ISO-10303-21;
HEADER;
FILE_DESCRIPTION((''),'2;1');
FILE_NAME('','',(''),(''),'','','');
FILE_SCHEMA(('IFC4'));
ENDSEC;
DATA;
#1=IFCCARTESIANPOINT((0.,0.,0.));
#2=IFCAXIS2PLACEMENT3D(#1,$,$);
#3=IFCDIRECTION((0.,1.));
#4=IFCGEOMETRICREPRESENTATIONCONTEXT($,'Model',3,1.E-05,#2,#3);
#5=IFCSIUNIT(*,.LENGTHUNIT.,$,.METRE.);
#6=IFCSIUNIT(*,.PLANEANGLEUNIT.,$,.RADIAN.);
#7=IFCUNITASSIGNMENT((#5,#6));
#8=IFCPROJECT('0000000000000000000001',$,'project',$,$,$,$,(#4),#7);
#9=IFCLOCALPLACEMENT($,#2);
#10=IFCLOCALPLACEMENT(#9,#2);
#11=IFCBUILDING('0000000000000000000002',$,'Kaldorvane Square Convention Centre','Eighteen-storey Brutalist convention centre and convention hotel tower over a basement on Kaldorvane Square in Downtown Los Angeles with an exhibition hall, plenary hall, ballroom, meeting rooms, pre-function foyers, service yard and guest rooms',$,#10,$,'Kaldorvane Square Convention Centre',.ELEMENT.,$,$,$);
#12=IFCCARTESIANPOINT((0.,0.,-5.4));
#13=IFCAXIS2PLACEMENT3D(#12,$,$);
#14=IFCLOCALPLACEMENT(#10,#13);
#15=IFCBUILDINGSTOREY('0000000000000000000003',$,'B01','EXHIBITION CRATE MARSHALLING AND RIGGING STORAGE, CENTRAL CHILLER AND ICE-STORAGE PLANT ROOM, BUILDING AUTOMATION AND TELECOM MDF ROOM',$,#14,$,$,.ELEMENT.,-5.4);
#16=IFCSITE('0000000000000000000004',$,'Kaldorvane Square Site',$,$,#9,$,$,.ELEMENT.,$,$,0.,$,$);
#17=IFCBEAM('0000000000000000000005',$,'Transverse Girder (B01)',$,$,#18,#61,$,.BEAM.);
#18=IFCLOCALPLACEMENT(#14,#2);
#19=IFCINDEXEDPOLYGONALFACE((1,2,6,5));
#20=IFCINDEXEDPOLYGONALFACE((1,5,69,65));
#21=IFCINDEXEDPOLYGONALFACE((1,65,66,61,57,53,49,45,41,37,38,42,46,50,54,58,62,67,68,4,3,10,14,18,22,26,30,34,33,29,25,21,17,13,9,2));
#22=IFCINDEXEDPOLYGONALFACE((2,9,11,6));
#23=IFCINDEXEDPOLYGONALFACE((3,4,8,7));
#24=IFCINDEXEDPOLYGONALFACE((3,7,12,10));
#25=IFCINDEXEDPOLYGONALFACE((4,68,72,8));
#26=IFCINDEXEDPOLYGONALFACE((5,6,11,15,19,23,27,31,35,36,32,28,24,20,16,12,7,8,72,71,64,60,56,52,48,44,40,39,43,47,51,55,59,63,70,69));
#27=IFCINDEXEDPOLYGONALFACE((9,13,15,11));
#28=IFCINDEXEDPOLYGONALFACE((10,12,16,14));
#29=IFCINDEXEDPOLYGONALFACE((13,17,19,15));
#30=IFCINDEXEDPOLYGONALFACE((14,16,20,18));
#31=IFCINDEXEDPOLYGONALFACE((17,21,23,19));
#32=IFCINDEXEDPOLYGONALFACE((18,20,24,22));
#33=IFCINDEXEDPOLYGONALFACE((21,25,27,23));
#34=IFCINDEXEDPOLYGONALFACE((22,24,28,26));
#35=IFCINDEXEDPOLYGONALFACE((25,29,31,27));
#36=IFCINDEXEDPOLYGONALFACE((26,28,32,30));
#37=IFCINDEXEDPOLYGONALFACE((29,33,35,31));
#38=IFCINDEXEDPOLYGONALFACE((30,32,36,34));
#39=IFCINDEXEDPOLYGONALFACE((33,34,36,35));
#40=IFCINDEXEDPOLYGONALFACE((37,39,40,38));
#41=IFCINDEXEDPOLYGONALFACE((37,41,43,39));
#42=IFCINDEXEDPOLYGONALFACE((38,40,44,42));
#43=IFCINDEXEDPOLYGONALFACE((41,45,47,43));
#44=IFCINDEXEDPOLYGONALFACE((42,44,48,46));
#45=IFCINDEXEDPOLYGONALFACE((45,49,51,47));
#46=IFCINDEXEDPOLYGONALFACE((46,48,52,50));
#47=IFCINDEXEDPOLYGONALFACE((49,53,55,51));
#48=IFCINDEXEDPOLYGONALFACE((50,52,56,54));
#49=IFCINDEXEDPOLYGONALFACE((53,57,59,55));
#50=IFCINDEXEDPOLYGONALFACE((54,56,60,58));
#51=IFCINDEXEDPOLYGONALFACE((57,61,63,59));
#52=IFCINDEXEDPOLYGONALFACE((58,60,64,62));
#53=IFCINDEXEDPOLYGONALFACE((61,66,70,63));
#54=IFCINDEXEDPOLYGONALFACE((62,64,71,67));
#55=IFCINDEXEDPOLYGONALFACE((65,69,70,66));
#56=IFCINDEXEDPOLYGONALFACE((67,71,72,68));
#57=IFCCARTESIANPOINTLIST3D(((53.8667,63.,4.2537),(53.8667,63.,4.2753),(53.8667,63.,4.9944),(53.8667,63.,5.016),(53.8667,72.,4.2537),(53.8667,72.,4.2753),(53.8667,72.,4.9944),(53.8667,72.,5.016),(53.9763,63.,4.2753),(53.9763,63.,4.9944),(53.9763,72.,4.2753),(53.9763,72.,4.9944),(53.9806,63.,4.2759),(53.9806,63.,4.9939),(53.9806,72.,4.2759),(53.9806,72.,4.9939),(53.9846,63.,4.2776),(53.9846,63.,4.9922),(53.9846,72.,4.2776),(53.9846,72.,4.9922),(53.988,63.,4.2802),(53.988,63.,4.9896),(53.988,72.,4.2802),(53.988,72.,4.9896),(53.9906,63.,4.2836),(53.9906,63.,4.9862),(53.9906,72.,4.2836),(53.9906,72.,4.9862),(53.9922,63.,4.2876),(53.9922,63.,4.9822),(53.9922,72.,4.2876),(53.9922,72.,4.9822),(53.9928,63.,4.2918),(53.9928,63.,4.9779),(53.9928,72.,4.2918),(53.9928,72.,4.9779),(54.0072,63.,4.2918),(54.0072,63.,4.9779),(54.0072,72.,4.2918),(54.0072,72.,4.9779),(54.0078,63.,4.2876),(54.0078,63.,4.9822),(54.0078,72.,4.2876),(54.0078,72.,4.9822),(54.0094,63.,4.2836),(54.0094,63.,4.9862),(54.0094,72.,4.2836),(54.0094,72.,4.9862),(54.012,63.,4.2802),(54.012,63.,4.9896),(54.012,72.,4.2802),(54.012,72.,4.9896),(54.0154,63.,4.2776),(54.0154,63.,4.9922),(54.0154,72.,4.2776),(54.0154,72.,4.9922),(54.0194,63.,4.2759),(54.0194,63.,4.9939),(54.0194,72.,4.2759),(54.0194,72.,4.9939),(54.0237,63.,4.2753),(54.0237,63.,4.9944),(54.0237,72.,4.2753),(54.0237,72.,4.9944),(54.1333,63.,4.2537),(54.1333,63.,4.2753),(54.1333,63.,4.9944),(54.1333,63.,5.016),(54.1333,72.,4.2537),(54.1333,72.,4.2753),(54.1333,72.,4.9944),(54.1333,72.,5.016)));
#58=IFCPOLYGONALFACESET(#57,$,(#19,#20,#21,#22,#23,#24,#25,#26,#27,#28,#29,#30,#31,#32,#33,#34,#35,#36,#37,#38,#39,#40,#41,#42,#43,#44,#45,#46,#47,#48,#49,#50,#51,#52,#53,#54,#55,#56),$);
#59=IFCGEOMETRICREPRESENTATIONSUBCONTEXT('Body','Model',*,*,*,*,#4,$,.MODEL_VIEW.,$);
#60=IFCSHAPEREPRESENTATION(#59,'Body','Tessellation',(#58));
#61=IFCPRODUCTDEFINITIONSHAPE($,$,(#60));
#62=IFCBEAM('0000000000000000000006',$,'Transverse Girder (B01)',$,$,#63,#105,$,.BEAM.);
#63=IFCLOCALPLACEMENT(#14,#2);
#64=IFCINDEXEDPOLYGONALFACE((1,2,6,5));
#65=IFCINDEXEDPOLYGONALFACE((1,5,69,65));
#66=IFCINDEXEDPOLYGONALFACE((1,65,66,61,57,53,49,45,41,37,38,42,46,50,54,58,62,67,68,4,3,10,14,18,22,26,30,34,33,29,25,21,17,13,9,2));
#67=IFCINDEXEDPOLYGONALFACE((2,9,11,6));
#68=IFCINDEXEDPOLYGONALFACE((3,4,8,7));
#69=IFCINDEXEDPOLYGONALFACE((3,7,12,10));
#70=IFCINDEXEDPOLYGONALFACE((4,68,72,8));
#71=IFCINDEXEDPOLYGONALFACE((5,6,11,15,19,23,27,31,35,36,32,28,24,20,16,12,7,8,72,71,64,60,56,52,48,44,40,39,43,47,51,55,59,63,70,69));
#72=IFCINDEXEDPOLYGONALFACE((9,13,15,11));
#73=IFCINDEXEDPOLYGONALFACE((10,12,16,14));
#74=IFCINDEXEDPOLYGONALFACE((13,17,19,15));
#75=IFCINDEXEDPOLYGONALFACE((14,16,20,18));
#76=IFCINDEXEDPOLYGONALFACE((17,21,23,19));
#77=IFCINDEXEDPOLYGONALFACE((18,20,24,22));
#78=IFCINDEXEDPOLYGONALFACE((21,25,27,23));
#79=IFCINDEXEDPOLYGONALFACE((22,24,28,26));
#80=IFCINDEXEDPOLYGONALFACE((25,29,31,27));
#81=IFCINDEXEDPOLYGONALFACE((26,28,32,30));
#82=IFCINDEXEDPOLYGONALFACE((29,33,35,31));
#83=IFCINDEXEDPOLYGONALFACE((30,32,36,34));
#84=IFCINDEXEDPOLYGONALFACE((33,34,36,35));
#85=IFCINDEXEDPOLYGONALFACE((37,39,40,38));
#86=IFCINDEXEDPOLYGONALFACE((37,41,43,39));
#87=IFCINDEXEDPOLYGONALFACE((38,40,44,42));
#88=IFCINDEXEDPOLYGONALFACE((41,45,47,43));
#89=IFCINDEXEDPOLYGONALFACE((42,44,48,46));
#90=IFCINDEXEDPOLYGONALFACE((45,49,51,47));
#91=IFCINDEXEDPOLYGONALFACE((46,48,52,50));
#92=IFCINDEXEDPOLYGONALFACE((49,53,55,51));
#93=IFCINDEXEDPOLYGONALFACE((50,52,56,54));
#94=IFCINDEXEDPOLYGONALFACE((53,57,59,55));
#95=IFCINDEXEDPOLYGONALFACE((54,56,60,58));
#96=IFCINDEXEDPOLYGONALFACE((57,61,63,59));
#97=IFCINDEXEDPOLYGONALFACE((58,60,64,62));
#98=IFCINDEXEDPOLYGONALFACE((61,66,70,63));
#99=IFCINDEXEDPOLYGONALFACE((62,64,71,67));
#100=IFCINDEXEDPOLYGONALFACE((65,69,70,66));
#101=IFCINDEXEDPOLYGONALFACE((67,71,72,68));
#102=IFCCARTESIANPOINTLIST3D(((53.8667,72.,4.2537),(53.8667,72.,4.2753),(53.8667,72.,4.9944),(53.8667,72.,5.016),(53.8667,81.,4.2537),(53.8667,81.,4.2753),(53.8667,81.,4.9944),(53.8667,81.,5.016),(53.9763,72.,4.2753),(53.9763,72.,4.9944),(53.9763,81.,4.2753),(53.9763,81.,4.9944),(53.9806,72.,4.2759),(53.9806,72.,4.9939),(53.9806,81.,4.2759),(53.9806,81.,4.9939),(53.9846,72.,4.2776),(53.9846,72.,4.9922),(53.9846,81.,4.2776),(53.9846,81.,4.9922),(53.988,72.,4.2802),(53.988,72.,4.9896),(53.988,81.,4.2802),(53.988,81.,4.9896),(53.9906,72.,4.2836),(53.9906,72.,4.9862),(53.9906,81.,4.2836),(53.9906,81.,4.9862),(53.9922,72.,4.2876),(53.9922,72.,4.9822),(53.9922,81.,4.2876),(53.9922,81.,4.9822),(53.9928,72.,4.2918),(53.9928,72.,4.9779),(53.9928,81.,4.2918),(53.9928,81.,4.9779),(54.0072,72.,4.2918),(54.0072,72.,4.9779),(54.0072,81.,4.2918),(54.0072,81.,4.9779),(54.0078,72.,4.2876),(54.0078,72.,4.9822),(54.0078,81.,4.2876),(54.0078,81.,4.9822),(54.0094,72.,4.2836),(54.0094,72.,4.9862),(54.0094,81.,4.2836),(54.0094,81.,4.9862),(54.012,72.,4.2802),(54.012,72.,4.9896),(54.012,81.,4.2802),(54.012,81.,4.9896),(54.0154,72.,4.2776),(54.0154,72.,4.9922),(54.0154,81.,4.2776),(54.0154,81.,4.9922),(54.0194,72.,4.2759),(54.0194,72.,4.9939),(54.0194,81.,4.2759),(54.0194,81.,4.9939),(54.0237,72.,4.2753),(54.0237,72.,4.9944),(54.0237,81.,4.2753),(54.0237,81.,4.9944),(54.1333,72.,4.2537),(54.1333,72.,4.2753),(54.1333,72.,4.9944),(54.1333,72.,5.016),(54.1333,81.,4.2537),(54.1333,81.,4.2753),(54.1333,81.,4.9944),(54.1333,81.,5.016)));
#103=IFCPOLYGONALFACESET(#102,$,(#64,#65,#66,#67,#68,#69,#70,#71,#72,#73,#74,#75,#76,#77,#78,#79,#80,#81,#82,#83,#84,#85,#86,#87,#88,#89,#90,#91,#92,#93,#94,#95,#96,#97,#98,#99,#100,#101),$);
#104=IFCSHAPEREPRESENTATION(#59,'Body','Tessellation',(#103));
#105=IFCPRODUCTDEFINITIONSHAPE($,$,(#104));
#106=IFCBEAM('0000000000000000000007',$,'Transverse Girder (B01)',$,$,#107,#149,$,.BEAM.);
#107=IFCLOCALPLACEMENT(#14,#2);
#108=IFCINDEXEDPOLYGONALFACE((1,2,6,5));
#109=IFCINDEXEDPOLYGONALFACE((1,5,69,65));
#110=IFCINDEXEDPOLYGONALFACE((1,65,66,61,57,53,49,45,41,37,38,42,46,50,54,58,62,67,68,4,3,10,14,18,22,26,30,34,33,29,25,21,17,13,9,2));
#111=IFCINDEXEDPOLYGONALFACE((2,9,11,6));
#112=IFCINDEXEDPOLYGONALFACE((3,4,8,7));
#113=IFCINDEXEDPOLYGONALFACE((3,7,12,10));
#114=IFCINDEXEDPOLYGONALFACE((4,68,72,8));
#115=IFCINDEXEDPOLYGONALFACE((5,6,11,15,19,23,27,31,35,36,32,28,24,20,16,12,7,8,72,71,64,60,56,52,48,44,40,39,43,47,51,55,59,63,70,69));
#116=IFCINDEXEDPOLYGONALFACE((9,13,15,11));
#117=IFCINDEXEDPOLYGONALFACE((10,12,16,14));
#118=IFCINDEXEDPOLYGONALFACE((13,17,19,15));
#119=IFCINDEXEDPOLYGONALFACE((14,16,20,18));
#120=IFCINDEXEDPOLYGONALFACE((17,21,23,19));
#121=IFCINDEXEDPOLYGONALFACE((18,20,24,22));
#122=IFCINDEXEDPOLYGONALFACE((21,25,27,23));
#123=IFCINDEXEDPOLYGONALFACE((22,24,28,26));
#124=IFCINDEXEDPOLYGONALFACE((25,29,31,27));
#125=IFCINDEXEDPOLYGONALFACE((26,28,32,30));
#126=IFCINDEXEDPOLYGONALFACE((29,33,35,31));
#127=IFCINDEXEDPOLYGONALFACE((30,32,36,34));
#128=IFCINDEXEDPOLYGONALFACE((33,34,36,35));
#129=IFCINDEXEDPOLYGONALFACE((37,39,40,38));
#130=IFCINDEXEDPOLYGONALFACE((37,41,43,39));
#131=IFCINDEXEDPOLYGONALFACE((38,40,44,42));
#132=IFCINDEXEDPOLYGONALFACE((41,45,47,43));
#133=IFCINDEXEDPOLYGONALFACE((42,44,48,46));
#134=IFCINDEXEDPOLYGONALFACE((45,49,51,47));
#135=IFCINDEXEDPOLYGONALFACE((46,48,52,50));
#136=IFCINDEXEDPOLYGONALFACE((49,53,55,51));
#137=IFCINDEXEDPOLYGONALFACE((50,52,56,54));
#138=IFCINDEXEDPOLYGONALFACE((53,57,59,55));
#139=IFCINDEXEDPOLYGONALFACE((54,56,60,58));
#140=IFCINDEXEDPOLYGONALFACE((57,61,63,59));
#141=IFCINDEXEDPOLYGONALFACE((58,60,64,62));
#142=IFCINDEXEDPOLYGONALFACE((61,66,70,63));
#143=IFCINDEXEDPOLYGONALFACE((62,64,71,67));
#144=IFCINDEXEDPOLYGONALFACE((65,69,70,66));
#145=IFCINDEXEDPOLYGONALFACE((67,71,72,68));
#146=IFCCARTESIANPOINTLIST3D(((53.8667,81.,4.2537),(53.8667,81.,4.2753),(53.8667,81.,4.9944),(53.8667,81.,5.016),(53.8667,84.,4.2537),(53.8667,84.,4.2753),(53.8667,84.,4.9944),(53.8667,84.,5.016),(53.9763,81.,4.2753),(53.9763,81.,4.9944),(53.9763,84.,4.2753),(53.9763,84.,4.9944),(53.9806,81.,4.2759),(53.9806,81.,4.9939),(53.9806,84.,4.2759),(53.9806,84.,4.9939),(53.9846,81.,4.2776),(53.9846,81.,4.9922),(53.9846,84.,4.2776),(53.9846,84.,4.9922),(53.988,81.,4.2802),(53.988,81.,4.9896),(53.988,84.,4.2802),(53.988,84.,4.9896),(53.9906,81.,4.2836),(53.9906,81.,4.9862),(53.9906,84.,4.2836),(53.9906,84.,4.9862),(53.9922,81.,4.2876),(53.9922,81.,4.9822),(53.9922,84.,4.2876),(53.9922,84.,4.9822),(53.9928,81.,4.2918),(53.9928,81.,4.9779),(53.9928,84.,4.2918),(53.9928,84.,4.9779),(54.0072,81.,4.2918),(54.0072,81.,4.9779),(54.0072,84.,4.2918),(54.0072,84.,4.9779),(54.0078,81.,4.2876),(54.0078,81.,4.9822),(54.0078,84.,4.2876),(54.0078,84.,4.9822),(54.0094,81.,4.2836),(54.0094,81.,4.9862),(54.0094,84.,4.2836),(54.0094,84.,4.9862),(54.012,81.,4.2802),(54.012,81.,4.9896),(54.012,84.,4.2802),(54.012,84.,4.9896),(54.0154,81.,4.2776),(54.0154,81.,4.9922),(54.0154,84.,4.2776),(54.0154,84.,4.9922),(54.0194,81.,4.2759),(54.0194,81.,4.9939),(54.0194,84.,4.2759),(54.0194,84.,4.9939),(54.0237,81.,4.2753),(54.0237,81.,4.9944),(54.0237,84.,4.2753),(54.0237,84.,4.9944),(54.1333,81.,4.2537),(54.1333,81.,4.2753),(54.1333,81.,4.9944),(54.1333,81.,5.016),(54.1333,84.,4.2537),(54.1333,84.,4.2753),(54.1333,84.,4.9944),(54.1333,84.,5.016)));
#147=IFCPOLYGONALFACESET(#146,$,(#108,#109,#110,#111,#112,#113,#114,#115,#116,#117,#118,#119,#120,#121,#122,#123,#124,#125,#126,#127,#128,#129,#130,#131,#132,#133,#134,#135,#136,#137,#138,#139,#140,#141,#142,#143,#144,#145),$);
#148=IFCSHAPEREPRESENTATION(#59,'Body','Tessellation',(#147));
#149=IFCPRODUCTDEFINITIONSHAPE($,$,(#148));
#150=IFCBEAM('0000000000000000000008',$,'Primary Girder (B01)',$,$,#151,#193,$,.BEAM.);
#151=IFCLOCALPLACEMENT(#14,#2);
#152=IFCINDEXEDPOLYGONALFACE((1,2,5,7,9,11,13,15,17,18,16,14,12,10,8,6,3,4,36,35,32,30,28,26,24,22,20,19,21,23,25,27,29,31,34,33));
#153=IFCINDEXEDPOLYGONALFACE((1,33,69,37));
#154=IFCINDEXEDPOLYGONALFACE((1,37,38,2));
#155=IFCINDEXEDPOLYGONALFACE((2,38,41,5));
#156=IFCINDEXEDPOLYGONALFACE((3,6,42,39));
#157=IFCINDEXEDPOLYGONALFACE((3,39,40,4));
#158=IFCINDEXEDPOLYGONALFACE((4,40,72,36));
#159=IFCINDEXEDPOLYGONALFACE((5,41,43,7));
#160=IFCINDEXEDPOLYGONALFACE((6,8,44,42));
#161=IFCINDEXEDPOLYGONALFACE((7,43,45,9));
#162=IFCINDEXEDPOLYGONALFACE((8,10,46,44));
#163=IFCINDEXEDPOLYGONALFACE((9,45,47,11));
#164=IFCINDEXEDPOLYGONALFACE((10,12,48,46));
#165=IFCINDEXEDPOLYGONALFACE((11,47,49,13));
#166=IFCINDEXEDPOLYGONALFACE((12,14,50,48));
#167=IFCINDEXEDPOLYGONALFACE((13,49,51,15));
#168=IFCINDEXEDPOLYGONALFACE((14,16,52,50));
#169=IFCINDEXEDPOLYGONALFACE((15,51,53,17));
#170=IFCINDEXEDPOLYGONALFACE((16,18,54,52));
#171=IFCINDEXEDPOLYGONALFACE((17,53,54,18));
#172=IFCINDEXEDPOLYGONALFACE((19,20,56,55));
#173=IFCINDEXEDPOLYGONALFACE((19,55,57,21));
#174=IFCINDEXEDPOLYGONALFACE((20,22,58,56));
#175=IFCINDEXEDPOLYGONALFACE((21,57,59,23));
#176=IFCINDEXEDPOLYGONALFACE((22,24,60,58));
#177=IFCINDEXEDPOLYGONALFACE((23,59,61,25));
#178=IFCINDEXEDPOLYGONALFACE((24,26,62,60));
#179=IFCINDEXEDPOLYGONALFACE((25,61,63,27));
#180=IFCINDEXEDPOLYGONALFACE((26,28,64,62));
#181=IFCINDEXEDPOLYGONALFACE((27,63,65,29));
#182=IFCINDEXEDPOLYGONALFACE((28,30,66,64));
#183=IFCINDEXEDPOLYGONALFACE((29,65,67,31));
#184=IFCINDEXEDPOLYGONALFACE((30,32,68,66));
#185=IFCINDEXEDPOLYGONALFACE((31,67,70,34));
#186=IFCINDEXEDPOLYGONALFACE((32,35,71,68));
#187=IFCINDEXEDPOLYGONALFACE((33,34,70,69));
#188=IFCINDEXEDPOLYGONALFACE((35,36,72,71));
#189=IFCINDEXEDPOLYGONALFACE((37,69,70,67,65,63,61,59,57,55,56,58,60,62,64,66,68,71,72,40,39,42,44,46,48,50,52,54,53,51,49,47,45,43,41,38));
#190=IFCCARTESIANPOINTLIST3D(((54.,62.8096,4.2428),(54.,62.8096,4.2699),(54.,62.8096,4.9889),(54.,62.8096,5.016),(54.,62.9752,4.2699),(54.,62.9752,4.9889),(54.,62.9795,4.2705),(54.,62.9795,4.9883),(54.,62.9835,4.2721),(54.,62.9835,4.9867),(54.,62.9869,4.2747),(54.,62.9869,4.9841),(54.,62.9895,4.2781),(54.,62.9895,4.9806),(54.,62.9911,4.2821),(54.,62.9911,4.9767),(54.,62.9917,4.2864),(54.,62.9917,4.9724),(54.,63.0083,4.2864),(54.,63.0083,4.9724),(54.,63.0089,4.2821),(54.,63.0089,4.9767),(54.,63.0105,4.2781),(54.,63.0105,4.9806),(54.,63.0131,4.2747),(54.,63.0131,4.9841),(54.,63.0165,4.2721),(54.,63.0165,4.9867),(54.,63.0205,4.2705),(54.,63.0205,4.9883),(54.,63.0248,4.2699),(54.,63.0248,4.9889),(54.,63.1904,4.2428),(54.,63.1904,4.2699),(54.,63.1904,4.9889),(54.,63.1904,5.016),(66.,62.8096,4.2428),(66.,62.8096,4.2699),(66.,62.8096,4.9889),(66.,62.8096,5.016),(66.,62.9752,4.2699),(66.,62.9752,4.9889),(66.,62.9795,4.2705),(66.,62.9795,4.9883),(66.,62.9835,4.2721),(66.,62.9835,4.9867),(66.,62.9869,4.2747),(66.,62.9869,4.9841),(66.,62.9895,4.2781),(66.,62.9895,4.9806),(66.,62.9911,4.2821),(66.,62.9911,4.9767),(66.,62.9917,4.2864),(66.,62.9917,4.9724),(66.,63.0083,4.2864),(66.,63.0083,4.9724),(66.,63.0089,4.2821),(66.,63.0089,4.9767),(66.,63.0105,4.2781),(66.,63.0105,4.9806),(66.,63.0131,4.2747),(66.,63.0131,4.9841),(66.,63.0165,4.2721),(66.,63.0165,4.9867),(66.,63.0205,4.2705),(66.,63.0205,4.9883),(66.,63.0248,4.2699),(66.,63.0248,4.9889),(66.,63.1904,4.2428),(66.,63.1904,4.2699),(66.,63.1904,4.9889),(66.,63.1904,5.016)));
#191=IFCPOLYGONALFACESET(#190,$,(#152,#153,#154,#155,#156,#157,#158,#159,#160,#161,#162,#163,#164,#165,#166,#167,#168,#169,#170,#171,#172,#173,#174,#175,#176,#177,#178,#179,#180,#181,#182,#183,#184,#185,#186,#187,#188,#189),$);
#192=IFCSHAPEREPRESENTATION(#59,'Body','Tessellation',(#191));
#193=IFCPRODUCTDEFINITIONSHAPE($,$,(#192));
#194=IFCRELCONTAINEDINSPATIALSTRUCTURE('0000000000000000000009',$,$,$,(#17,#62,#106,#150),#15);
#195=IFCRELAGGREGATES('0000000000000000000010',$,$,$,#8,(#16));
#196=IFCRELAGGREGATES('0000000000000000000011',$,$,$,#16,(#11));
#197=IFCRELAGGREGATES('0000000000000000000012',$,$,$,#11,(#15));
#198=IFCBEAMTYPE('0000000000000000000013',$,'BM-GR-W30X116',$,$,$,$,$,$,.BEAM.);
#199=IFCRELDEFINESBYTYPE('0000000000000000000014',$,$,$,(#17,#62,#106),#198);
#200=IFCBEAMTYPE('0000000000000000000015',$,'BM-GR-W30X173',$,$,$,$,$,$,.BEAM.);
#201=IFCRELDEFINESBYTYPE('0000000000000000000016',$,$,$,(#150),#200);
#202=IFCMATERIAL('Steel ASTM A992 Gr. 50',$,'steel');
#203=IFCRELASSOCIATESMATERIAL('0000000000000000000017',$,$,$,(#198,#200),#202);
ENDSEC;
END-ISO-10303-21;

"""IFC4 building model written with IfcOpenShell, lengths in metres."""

from ifc_helpers import new_model, si_unit, direction, frame, origin, origin_2d, place, context, subcontext, project, spatial, i_section, extrude, material, material_profile, profile_set, type_object, element, save


model = new_model("IFC4")

# Units and contexts
model_context = context("Model", 3, precision=1e-05, world=origin(), true_north=direction((0.0, 1.0)))
body_context = subcontext(model_context, "Body", "Model", "MODEL_VIEW")
ifc_project = project(units=[si_unit("LENGTHUNIT", "METRE"), si_unit("PLANEANGLEUNIT", "RADIAN")], contexts=[model_context])

# Site, building, storey
site_placement = place(None, origin())
site = spatial("IfcSite", under=ifc_project, at=site_placement, Name="Kaldorvane Square Site", CompositionType="ELEMENT", RefElevation=0.0)
building_placement = place(site_placement, origin())
building = spatial("IfcBuilding", under=site, at=building_placement, Name="Kaldorvane Square Convention Centre", Description="Eighteen-storey Brutalist convention centre and convention hotel tower over a basement on Kaldorvane Square in Downtown Los Angeles with an exhibition hall, plenary hall, ballroom, meeting rooms, pre-function foyers, service yard and guest rooms", LongName="Kaldorvane Square Convention Centre", CompositionType="ELEMENT")
storey_placement = place(building_placement, frame((0.0, 0.0, -5.4)))
storey = spatial("IfcBuildingStorey", under=building, at=storey_placement, Name="B01", Description="EXHIBITION CRATE MARSHALLING AND RIGGING STORAGE, CENTRAL CHILLER AND ICE-STORAGE PLANT ROOM, BUILDING AUTOMATION AND TELECOM MDF ROOM", CompositionType="ELEMENT", Elevation=-5.4)

# Shared definitions
ifc_material_1 = material(Name="Steel ASTM A992 Gr. 50", Category="steel")

# Beams
ifc_material_profile_1 = material_profile(ifc_material_1, i_section(OverallWidth=0.2666, OverallDepth=0.7623, WebThickness=0.0144, FlangeThickness=0.0216, FilletRadius=0.0165, at=origin_2d()), Name="W30X116")
ifc_profile_set_1 = profile_set([ifc_material_profile_1], Name="Steel ASTM A992 Gr. 50")
beam_type_1 = type_object("IfcBeamType", Name="BM-GR-W30X116", PredefinedType="BEAM", material=ifc_profile_set_1)
for number, where, z_axis, x_axis, name in (
    (1, (54.0, 63.0, 4.6349), (0.0, 1.0, 0.0), (-1.0, 0.0, 0.0), "Transverse Girder (B01)"),
    (2, (54.0, 72.0, 4.6349), (0.0, 1.0, 0.0), (-1.0, 0.0, 0.0), "Transverse Girder (B01)"),
):
    element("IfcBeam", number, at=place(storey_placement, frame(where, z_axis=z_axis, x_axis=x_axis)), inside=storey, type_object=beam_type_1, Name=name, PredefinedType="BEAM", context=body_context, shape_type="SweptSolid", body=[
        extrude(i_section(OverallWidth=0.2666, OverallDepth=0.7623, WebThickness=0.0144, FlangeThickness=0.0216, FilletRadius=0.0165, at=origin_2d()), origin(), (0.0, 0.0, 1.0), 9.0),
    ])
beam_placement = place(storey_placement, frame((54.0, 81.0, 4.6349), z_axis=(0.0, 1.0, 0.0), x_axis=(-1.0, 0.0, 0.0)))
element("IfcBeam", 3, at=beam_placement, inside=storey, type_object=beam_type_1, Name="Transverse Girder (B01)", PredefinedType="BEAM", context=body_context, shape_type="SweptSolid", body=[
    extrude(i_section(OverallWidth=0.2666, OverallDepth=0.7623, WebThickness=0.0144, FlangeThickness=0.0216, FilletRadius=0.0165, at=origin_2d()), origin(), (0.0, 0.0, 1.0), 3.0),
])
ifc_material_profile_2 = material_profile(ifc_material_1, i_section(OverallWidth=0.3807, OverallDepth=0.7732, WebThickness=0.0166, FlangeThickness=0.0271, FilletRadius=0.0165, at=origin_2d()), Name="W30X173")
ifc_profile_set_2 = profile_set([ifc_material_profile_2], Name="Steel ASTM A992 Gr. 50")
beam_type_2 = type_object("IfcBeamType", Name="BM-GR-W30X173", PredefinedType="BEAM", material=ifc_profile_set_2)
for number, where, z_axis, x_axis, name in (
    (4, (54.0, 63.0, 4.6294), (1.0, 0.0, 0.0), (0.0, 1.0, 0.0), "Primary Girder (B01)"),
):
    element("IfcBeam", number, at=place(storey_placement, frame(where, z_axis=z_axis, x_axis=x_axis)), inside=storey, type_object=beam_type_2, Name=name, PredefinedType="BEAM", context=body_context, shape_type="SweptSolid", body=[
        extrude(i_section(OverallWidth=0.3807, OverallDepth=0.7732, WebThickness=0.0166, FlangeThickness=0.0271, FilletRadius=0.0165, at=origin_2d()), origin(), (0.0, 0.0, 1.0), 12.0),
    ])

save(model, "model.ifc")
